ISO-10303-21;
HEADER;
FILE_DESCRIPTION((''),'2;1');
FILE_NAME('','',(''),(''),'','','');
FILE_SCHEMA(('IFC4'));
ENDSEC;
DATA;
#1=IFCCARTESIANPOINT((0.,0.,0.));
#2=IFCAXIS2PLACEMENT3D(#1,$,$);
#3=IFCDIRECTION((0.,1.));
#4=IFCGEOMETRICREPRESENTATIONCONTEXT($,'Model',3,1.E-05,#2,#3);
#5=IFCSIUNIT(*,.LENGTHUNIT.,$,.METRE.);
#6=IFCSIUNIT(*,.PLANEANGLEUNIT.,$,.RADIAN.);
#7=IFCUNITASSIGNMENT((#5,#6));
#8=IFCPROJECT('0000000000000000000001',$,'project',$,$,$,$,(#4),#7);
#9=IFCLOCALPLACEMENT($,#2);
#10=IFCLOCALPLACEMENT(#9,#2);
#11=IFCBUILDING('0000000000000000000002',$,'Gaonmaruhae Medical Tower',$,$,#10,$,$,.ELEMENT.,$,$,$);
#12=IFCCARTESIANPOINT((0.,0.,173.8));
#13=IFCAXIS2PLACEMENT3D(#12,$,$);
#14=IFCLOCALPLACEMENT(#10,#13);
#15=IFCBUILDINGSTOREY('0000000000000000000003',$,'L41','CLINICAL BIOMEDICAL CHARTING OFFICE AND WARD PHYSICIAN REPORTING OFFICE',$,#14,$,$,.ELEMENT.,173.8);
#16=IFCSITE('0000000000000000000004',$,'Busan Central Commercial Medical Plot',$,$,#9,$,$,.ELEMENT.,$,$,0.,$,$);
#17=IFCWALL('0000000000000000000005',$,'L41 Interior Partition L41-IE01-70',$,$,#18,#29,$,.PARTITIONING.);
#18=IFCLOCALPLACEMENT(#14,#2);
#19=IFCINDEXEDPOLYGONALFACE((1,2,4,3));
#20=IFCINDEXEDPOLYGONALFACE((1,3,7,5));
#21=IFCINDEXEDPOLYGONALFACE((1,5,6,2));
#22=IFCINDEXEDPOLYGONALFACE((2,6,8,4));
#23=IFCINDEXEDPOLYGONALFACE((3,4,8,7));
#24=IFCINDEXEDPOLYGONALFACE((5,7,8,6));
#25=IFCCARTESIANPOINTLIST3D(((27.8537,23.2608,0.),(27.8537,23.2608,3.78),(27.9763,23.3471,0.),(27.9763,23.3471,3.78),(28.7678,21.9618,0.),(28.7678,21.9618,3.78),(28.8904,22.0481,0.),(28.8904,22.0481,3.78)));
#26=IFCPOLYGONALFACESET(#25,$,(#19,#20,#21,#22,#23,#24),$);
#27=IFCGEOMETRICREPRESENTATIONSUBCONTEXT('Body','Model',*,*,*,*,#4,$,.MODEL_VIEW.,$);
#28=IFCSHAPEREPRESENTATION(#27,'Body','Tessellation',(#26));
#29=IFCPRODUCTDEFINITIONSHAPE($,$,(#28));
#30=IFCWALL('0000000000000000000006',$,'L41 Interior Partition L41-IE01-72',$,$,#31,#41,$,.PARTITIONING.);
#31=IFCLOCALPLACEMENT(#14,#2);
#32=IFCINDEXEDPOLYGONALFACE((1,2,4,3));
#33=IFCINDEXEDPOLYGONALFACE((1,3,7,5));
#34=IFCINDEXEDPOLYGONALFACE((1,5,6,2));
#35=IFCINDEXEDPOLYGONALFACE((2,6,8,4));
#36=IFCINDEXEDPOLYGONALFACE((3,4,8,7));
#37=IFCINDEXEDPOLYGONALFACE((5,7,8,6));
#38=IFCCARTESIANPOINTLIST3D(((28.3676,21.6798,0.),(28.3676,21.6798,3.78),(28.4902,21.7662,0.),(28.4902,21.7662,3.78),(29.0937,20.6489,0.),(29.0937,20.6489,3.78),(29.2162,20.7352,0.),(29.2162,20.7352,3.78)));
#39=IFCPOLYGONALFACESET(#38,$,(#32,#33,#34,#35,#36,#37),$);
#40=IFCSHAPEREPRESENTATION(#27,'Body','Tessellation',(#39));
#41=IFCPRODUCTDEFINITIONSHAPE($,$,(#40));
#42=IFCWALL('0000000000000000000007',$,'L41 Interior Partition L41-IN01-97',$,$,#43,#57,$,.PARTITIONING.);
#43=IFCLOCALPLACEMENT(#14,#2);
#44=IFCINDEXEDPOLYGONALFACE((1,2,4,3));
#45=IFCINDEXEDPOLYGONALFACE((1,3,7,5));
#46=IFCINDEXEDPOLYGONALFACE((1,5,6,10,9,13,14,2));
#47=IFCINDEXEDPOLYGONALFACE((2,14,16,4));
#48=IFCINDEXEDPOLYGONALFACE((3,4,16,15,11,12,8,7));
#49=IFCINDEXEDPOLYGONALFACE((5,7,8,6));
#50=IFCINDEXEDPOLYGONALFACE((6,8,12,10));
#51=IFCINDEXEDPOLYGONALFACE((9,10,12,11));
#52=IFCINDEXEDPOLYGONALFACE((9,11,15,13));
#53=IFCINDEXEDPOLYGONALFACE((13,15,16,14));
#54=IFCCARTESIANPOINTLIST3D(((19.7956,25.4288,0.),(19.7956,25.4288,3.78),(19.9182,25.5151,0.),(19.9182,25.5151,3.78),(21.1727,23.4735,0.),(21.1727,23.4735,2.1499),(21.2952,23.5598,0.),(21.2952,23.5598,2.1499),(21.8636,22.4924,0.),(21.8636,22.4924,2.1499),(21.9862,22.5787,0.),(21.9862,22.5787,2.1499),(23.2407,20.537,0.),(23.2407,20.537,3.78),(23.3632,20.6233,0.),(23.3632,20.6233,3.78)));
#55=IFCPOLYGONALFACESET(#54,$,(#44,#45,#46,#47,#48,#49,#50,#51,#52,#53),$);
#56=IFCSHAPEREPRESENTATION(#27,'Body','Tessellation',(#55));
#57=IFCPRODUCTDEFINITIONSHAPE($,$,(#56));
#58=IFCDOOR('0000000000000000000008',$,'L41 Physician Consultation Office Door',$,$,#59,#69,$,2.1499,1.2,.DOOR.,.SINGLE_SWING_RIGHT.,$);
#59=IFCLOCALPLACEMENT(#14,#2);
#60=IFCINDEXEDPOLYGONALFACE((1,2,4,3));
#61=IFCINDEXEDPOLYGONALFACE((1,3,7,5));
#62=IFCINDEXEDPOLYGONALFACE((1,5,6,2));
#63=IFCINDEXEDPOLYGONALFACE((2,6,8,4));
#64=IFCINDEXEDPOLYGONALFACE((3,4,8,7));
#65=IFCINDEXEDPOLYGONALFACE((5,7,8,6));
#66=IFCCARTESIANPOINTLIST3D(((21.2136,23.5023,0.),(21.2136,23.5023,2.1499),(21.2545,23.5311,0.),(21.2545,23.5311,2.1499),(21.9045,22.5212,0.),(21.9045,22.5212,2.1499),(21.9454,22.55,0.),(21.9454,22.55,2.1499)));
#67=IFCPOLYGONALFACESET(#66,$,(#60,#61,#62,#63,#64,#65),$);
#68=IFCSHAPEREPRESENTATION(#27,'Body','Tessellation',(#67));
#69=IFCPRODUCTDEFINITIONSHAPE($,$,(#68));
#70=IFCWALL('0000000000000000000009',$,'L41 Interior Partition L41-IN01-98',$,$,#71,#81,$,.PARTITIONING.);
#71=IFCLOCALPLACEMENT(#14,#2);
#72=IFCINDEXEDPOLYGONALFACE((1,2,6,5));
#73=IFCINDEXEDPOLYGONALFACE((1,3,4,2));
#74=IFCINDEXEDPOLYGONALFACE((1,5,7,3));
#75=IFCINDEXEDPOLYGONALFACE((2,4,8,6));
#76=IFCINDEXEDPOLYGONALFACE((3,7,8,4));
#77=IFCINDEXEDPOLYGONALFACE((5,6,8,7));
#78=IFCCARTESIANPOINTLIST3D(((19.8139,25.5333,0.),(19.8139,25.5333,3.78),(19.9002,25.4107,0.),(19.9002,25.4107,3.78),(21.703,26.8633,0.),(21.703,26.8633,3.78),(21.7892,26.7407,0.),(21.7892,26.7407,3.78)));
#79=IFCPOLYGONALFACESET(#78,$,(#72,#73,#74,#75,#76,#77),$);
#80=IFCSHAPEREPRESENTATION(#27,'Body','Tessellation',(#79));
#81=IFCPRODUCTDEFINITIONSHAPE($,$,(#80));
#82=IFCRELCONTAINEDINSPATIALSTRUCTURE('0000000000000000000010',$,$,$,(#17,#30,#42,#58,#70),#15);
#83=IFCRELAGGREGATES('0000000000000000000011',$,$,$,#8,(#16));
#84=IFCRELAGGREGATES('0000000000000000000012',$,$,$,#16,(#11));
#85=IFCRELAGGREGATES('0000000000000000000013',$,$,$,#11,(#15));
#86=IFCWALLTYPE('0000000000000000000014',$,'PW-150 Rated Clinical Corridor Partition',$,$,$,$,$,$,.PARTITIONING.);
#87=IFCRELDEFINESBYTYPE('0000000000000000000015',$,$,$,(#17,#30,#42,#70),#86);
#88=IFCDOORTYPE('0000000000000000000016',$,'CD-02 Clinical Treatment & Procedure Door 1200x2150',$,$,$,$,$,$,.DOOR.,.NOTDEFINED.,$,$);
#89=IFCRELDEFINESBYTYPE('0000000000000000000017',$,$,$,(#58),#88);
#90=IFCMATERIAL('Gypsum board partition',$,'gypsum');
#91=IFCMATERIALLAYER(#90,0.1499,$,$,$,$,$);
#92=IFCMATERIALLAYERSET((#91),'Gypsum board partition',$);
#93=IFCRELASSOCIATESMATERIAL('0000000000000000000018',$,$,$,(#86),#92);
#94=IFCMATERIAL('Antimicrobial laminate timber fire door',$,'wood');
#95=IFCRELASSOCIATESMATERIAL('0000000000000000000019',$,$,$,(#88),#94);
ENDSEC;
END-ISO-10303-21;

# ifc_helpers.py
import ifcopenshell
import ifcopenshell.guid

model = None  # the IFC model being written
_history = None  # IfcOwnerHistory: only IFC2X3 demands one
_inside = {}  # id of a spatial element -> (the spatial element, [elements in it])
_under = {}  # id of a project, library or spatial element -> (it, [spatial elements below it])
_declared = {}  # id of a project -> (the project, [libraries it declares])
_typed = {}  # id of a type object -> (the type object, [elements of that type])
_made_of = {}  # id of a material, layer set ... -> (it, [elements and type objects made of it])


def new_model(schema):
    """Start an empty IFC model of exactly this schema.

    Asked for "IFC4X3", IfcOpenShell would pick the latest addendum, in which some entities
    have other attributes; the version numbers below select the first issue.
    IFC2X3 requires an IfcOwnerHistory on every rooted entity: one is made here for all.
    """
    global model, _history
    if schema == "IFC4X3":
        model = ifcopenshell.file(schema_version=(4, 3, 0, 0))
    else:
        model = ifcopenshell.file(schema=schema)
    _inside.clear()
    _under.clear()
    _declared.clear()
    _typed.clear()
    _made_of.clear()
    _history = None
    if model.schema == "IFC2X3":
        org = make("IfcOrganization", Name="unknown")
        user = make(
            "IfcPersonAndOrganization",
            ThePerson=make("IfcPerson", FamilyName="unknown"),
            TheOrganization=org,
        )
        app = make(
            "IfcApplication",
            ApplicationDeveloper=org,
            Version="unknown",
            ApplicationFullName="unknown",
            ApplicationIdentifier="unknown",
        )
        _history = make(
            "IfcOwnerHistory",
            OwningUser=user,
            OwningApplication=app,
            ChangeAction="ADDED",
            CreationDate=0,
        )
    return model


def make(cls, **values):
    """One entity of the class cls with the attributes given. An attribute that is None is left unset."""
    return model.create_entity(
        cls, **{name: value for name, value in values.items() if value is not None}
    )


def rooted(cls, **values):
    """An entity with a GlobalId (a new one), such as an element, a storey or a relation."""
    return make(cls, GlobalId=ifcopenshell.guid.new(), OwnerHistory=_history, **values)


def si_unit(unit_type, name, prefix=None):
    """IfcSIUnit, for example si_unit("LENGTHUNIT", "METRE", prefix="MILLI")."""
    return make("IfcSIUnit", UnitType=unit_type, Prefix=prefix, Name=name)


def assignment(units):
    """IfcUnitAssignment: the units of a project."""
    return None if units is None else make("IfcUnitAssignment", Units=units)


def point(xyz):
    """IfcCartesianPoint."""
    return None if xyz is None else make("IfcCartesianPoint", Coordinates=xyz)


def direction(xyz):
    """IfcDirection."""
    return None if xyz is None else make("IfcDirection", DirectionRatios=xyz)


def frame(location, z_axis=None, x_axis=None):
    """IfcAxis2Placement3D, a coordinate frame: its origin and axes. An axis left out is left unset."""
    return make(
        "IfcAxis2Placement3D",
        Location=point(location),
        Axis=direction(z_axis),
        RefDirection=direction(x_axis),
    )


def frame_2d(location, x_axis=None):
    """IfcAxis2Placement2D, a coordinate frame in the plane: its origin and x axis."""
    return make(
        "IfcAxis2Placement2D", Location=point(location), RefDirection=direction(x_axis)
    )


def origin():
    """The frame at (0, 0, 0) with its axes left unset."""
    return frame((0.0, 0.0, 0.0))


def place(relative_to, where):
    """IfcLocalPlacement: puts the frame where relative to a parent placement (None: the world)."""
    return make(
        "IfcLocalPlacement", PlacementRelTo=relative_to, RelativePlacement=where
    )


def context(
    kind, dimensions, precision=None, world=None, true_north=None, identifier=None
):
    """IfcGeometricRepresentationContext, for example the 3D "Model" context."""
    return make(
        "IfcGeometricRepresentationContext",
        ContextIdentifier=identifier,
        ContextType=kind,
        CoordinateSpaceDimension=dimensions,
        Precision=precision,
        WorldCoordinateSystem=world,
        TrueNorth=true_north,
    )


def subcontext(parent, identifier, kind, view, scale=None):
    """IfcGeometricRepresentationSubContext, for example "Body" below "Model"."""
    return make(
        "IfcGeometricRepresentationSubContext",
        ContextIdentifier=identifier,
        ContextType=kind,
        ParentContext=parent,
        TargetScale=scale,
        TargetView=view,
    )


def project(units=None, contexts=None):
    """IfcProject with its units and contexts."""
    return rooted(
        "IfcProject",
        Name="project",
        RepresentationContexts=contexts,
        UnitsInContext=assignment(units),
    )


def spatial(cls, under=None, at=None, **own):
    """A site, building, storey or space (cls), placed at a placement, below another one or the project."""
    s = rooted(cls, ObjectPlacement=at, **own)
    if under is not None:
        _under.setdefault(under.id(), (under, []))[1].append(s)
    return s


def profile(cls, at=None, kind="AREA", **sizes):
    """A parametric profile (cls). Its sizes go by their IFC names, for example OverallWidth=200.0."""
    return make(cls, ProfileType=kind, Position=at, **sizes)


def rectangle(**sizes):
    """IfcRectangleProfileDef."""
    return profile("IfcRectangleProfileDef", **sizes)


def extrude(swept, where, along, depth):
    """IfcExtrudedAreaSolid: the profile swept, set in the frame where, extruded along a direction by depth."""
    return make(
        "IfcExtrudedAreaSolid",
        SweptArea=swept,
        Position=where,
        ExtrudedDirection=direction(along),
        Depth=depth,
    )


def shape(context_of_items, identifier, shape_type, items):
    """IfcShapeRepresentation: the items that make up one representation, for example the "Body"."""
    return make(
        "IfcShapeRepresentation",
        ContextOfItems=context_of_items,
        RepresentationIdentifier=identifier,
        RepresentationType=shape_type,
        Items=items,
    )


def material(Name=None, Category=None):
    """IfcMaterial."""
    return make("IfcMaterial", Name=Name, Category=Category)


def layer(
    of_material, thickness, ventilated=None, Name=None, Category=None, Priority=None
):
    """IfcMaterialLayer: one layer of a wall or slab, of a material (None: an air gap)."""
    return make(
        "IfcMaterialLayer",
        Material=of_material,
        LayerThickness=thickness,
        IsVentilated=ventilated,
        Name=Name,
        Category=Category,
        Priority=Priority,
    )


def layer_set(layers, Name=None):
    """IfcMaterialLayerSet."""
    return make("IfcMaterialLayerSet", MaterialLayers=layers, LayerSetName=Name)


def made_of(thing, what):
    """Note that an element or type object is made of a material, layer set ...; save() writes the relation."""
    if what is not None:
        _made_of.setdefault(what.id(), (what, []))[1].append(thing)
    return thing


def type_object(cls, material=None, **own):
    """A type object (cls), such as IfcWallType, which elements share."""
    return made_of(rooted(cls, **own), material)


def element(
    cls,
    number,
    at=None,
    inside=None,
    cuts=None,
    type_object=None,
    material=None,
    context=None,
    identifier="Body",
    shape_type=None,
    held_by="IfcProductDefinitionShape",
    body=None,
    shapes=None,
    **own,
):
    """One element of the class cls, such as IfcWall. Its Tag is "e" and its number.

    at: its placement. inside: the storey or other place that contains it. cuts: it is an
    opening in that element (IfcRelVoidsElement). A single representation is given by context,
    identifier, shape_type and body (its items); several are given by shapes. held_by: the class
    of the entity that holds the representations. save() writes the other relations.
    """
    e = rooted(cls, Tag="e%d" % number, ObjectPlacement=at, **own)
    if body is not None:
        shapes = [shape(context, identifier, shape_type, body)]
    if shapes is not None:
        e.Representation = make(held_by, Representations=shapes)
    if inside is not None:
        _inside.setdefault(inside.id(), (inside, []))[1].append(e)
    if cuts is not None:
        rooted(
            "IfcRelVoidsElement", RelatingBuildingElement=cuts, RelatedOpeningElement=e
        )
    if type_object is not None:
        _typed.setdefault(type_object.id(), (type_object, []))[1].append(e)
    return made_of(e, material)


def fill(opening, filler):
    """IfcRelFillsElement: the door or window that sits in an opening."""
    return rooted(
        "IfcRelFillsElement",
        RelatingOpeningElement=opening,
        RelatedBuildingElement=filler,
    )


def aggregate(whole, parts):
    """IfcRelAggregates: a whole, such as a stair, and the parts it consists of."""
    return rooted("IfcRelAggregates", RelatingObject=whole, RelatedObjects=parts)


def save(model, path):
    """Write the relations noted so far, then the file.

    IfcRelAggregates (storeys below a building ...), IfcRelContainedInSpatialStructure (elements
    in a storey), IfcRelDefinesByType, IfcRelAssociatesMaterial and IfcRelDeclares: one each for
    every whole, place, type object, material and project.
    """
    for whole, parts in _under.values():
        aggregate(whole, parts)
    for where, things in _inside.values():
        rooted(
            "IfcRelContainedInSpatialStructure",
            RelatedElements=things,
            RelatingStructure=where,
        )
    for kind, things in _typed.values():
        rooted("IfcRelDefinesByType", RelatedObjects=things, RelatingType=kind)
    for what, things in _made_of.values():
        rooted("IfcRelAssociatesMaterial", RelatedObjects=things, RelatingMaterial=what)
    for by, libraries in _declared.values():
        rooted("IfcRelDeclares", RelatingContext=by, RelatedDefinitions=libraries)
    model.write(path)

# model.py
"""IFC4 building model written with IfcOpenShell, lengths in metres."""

from ifc_helpers import new_model, si_unit, direction, frame, frame_2d, origin, place, context, subcontext, project, spatial, rectangle, extrude, material, layer, layer_set, type_object, element, fill, save


model = new_model("IFC4")

# Units and contexts
model_context = context("Model", 3, precision=1e-05, world=origin(), true_north=direction((0.0, 1.0)))
body_context = subcontext(model_context, "Body", "Model", "MODEL_VIEW")
ifc_project = project(units=[si_unit("LENGTHUNIT", "METRE"), si_unit("PLANEANGLEUNIT", "RADIAN")], contexts=[model_context])

# Site, building, storey
site_placement = place(None, origin())
site = spatial("IfcSite", under=ifc_project, at=site_placement, Name="Busan Central Commercial Medical Plot", CompositionType="ELEMENT", RefElevation=0.0)
building_placement = place(site_placement, origin())
building = spatial("IfcBuilding", under=site, at=building_placement, Name="Gaonmaruhae Medical Tower", CompositionType="ELEMENT")
storey_placement = place(building_placement, frame((0.0, 0.0, 173.8)))
storey = spatial("IfcBuildingStorey", under=building, at=storey_placement, Name="L41", Description="CLINICAL BIOMEDICAL CHARTING OFFICE AND WARD PHYSICIAN REPORTING OFFICE", CompositionType="ELEMENT", Elevation=173.8)

# Shared definitions
ifc_material_1 = material(Name="Gypsum board partition", Category="gypsum")
ifc_layer_1 = layer(ifc_material_1, 0.1499)
ifc_layer_set_1 = layer_set([ifc_layer_1], Name="Gypsum board partition")
wall_type_1 = type_object("IfcWallType", Name="PW-150 Rated Clinical Corridor Partition", PredefinedType="PARTITIONING", material=ifc_layer_set_1)

# Shared definitions
ifc_material_2 = material(Name="Antimicrobial laminate timber fire door", Category="wood")
door_type_1 = type_object("IfcDoorType", Name="CD-02 Clinical Treatment & Procedure Door 1200x2150", OperationType="NOTDEFINED", PredefinedType="DOOR", material=ifc_material_2)

# Walls
wall_1_placement = place(storey_placement, frame((27.915, 23.304, 0.0), z_axis=(0.0, 0.0, 1.0), x_axis=(0.575452, -0.817836, 0.0)))
element("IfcWall", 1, at=wall_1_placement, inside=storey, type_object=wall_type_1, Name="L41 Interior Partition L41-IE01-70", PredefinedType="PARTITIONING", context=body_context, shape_type="SweptSolid", body=[
    extrude(rectangle(XDim=1.5884, YDim=0.1499, at=frame_2d((0.7942, 0.0))), origin(), (0.0, 0.0, 1.0), 3.78),
])
wall_2_placement = place(storey_placement, frame((28.429, 21.7229, 0.0), z_axis=(0.0, 0.0, 1.0), x_axis=(0.575786, -0.817601, 0.0)))
element("IfcWall", 2, at=wall_2_placement, inside=storey, type_object=wall_type_1, Name="L41 Interior Partition L41-IE01-72", PredefinedType="PARTITIONING", context=body_context, shape_type="SweptSolid", body=[
    extrude(rectangle(XDim=1.261, YDim=0.1499, at=frame_2d((0.6304, 0.0))), origin(), (0.0, 0.0, 1.0), 3.78),
])

# Wall, opening, door
wall_3_placement = place(storey_placement, frame((23.302, 20.5801, 0.0), z_axis=(0.0, 0.0, 1.0), x_axis=(-0.575791, 0.817597, 0.0)))
wall_3 = element("IfcWall", 3, at=wall_3_placement, inside=storey, type_object=wall_type_1, Name="L41 Interior Partition L41-IN01-97", PredefinedType="PARTITIONING", context=body_context, shape_type="SweptSolid", body=[
    extrude(rectangle(XDim=5.9832, YDim=0.1499, at=frame_2d((2.9917, 0.0))), origin(), (0.0, 0.0, 1.0), 3.78),
])
opening_1_placement = place(wall_3_placement, frame((2.3916, 0.0, 0.0)))
opening_1 = element("IfcOpeningElement", 4, at=opening_1_placement, cuts=wall_3, PredefinedType="OPENING", context=body_context, shape_type="SweptSolid", body=[
    extrude(rectangle(XDim=1.2, YDim=2.1499, at=frame_2d((0.6001, 1.075))), frame((0.0, 0.085, 0.0), z_axis=(0.0, -1.0, 0.0), x_axis=(1.0, 0.0, 0.0)), (0.0, 0.0, 1.0), 0.1699),
])
door_1_placement = place(opening_1_placement, origin())
door_1 = element("IfcDoor", 5, at=door_1_placement, inside=storey, type_object=door_type_1, Name="L41 Physician Consultation Office Door", OperationType="SINGLE_SWING_RIGHT", OverallHeight=2.1499, OverallWidth=1.2, PredefinedType="DOOR", context=body_context, shape_type="SweptSolid", body=[
    extrude(rectangle(XDim=1.2, YDim=2.1499, at=frame_2d((0.6001, 1.075))), frame((0.0, 0.0249, 0.0), z_axis=(0.0, -1.0, 0.0), x_axis=(1.0, 0.0, 0.0)), (0.0, 0.0, 1.0), 0.05),
])
fill(opening_1, door_1)

# Wall
wall_4_placement = place(storey_placement, frame((19.8569, 25.4719, 0.0), z_axis=(0.0, 0.0, 1.0), x_axis=(0.81767, 0.575687, 0.0)))
element("IfcWall", 6, at=wall_4_placement, inside=storey, type_object=wall_type_1, Name="L41 Interior Partition L41-IN01-98", PredefinedType="PARTITIONING", context=body_context, shape_type="SweptSolid", body=[
    extrude(rectangle(XDim=2.3103, YDim=0.1499, at=frame_2d((1.1553, 0.0))), origin(), (0.0, 0.0, 1.0), 3.78),
])

save(model, "model.ifc")
